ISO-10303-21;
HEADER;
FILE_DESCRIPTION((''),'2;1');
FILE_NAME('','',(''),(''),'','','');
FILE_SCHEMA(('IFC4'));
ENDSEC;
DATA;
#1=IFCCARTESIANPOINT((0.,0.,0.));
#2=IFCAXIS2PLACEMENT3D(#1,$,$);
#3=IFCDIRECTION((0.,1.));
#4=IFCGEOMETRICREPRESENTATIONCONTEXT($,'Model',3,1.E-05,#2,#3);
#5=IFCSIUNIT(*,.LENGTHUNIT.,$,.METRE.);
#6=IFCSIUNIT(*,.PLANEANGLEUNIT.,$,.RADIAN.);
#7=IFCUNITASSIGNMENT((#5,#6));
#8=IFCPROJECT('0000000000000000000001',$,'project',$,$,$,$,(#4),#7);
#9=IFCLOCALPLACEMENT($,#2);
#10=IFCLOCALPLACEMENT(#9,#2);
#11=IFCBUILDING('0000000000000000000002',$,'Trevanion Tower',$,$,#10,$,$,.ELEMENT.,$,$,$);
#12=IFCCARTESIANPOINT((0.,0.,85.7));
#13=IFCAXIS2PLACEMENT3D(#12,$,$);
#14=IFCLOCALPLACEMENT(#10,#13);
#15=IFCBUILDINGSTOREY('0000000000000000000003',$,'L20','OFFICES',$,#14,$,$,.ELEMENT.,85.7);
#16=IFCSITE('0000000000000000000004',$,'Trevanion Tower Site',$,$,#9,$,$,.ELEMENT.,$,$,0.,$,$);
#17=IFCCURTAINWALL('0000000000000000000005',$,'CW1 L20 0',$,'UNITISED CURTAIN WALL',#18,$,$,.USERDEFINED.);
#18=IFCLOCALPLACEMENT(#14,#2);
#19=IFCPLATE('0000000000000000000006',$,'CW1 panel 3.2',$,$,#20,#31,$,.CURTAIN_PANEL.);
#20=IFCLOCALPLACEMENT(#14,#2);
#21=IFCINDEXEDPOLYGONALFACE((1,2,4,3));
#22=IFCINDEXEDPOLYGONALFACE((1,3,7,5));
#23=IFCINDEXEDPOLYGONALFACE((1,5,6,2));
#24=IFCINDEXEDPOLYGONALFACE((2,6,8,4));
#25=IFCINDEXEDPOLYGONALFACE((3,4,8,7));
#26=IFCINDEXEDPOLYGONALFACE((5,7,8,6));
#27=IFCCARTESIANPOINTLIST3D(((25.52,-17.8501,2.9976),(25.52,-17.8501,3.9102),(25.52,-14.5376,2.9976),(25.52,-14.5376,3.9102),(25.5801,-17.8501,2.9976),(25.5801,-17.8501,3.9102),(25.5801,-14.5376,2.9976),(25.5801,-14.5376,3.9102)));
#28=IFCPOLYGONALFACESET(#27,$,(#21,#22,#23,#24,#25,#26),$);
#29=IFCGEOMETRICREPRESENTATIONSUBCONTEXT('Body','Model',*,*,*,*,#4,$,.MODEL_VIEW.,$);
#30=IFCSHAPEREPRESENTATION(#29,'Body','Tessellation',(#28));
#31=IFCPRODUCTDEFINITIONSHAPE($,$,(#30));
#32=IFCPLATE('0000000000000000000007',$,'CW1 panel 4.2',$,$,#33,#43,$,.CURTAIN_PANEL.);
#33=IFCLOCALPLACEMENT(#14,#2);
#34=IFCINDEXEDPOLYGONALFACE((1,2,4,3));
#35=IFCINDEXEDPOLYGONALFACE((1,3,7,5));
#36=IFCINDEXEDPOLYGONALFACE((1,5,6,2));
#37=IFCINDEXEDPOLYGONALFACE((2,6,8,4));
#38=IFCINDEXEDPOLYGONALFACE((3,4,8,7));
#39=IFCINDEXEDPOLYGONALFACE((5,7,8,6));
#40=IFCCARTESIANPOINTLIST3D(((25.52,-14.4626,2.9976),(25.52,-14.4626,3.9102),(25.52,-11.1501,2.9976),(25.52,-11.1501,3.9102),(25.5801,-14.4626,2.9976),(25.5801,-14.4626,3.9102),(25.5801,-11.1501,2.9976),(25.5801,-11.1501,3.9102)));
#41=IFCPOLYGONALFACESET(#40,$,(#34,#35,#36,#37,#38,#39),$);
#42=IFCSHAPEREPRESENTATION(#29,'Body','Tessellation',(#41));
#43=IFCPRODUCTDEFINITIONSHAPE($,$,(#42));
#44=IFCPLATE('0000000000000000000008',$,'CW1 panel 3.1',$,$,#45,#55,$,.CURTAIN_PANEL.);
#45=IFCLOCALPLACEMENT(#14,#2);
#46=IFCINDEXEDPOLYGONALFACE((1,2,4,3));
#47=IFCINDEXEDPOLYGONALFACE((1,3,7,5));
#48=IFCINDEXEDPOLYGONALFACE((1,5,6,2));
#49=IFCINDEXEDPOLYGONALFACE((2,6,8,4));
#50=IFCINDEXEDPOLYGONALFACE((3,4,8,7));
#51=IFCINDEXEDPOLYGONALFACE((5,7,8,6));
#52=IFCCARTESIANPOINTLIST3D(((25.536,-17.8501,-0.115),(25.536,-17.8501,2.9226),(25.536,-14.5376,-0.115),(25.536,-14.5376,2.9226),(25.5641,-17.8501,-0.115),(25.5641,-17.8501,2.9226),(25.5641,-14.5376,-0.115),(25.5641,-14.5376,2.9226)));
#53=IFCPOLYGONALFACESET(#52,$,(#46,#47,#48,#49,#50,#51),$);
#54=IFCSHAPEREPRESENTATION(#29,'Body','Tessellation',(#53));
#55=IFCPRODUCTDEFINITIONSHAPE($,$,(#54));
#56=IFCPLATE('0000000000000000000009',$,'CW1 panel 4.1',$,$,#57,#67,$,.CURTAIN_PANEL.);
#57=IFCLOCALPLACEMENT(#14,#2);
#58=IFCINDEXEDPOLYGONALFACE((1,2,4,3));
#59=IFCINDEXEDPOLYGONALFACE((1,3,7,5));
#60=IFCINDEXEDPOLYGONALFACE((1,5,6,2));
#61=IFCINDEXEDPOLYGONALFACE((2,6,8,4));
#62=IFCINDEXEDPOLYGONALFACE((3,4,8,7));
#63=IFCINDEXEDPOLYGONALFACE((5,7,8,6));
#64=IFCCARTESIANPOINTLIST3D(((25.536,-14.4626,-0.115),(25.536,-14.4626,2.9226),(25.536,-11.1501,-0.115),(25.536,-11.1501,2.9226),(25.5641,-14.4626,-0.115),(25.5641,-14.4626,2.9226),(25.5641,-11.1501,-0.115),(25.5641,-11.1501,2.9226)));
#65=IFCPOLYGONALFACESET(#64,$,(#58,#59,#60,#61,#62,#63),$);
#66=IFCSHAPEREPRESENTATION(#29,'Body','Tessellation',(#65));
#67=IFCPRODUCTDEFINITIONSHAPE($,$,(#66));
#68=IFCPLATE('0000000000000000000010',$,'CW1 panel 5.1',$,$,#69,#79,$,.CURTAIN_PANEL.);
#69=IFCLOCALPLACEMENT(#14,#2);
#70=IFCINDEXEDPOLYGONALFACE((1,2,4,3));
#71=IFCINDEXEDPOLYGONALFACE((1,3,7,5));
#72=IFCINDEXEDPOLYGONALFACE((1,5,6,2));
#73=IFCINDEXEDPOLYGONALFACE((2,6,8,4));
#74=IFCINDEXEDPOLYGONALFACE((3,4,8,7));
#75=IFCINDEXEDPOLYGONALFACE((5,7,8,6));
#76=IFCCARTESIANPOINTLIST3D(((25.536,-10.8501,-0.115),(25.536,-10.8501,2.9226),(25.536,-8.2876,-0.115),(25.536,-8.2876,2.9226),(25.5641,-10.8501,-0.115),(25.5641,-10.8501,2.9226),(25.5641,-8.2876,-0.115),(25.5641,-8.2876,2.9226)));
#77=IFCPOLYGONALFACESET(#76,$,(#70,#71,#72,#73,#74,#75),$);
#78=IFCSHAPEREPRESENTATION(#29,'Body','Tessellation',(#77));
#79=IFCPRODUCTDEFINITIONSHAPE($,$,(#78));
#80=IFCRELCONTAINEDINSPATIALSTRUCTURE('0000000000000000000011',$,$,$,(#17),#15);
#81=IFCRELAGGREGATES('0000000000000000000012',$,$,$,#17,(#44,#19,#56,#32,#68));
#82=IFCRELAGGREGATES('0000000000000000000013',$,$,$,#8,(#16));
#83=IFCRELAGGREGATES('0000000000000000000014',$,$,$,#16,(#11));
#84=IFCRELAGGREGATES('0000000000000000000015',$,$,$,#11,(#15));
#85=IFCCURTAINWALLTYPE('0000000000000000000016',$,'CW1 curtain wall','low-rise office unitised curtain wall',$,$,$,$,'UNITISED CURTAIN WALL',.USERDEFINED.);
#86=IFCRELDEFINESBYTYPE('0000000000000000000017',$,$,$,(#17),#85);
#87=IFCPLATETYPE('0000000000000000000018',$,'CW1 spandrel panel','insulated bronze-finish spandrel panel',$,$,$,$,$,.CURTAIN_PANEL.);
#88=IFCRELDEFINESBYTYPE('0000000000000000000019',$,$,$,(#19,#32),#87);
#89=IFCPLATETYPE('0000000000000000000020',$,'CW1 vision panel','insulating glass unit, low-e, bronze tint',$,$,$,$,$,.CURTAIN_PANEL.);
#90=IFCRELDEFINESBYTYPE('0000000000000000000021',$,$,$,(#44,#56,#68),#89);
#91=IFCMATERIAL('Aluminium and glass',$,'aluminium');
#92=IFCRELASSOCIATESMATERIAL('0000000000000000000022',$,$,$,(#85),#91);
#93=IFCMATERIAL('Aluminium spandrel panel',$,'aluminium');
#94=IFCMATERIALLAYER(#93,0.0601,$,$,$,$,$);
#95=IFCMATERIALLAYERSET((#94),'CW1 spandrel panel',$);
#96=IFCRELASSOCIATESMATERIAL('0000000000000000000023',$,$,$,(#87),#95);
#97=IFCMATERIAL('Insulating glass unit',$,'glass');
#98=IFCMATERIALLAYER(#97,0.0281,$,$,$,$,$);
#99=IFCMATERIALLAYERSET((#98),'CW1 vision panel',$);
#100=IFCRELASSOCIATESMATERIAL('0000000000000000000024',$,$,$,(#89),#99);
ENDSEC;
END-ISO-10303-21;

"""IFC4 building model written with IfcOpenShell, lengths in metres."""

from ifc_helpers import new_model, si_unit, direction, frame, origin, origin_2d, place, context, subcontext, project, spatial, rectangle, extrude, material, layer, layer_set, type_object, element, aggregate, save


model = new_model("IFC4")

# Units and contexts
model_context = context("Model", 3, precision=1e-05, world=origin(), true_north=direction((0.0, 1.0)))
body_context = subcontext(model_context, "Body", "Model", "MODEL_VIEW")
ifc_project = project(units=[si_unit("LENGTHUNIT", "METRE"), si_unit("PLANEANGLEUNIT", "RADIAN")], contexts=[model_context])

# Site, building, storey
site_placement = place(None, origin())
site = spatial("IfcSite", under=ifc_project, at=site_placement, Name="Trevanion Tower Site", CompositionType="ELEMENT", RefElevation=0.0)
building_placement = place(site_placement, origin())
building = spatial("IfcBuilding", under=site, at=building_placement, Name="Trevanion Tower", CompositionType="ELEMENT")
storey_placement = place(building_placement, frame((0.0, 0.0, 85.7)))
storey = spatial("IfcBuildingStorey", under=building, at=storey_placement, Name="L20", Description="OFFICES", CompositionType="ELEMENT", Elevation=85.7)

# Curtain wall
ifc_material_1 = material(Name="Aluminium and glass", Category="aluminium")
curtain_wall_type = type_object("IfcCurtainWallType", Name="CW1 curtain wall", Description="low-rise office unitised curtain wall", ElementType="UNITISED CURTAIN WALL", PredefinedType="USERDEFINED", material=ifc_material_1)
curtain_wall_placement = place(storey_placement, origin())
curtain_wall = element("IfcCurtainWall", 1, at=curtain_wall_placement, inside=storey, type_object=curtain_wall_type, Name="CW1 L20 0", ObjectType="UNITISED CURTAIN WALL", PredefinedType="USERDEFINED")

# Plates
ifc_material_2 = material(Name="Aluminium spandrel panel", Category="aluminium")
ifc_layer_1 = layer(ifc_material_2, 0.0601)
ifc_layer_set_1 = layer_set([ifc_layer_1], Name="CW1 spandrel panel")
plate_type_1 = type_object("IfcPlateType", Name="CW1 spandrel panel", Description="insulated bronze-finish spandrel panel", PredefinedType="CURTAIN_PANEL", material=ifc_layer_set_1)
plate_1_placement = place(storey_placement, frame((25.55, -16.1938, 2.9976), z_axis=(0.0, 0.0, 1.0), x_axis=(0.0, 1.0, 0.0)))
plate_1 = element("IfcPlate", 2, at=plate_1_placement, type_object=plate_type_1, Name="CW1 panel 3.2", PredefinedType="CURTAIN_PANEL", context=body_context, shape_type="SweptSolid", body=[
    extrude(rectangle(XDim=3.3125, YDim=0.0601, at=origin_2d()), origin(), (0.0, 0.0, 1.0), 0.9126),
])
plate_2_placement = place(storey_placement, frame((25.55, -12.8064, 2.9976), z_axis=(0.0, 0.0, 1.0), x_axis=(0.0, 1.0, 0.0)))
plate_2 = element("IfcPlate", 3, at=plate_2_placement, type_object=plate_type_1, Name="CW1 panel 4.2", PredefinedType="CURTAIN_PANEL", context=body_context, shape_type="SweptSolid", body=[
    extrude(rectangle(XDim=3.3125, YDim=0.0601, at=origin_2d()), origin(), (0.0, 0.0, 1.0), 0.9126),
])
ifc_material_3 = material(Name="Insulating glass unit", Category="glass")
ifc_layer_2 = layer(ifc_material_3, 0.0281)
ifc_layer_set_2 = layer_set([ifc_layer_2], Name="CW1 vision panel")
plate_type_2 = type_object("IfcPlateType", Name="CW1 vision panel", Description="insulating glass unit, low-e, bronze tint", PredefinedType="CURTAIN_PANEL", material=ifc_layer_set_2)
plate_3_placement = place(storey_placement, frame((25.55, -16.1938, -0.115), z_axis=(0.0, 0.0, 1.0), x_axis=(0.0, 1.0, 0.0)))
plate_3 = element("IfcPlate", 4, at=plate_3_placement, type_object=plate_type_2, Name="CW1 panel 3.1", PredefinedType="CURTAIN_PANEL", context=body_context, shape_type="SweptSolid", body=[
    extrude(rectangle(XDim=3.3125, YDim=0.0281, at=origin_2d()), origin(), (0.0, 0.0, 1.0), 3.0376),
])
plate_4_placement = place(storey_placement, frame((25.55, -12.8064, -0.115), z_axis=(0.0, 0.0, 1.0), x_axis=(0.0, 1.0, 0.0)))
plate_4 = element("IfcPlate", 5, at=plate_4_placement, type_object=plate_type_2, Name="CW1 panel 4.1", PredefinedType="CURTAIN_PANEL", context=body_context, shape_type="SweptSolid", body=[
    extrude(rectangle(XDim=3.3125, YDim=0.0281, at=origin_2d()), origin(), (0.0, 0.0, 1.0), 3.0376),
])
plate_5_placement = place(storey_placement, frame((25.55, -9.5688, -0.115), z_axis=(0.0, 0.0, 1.0), x_axis=(0.0, 1.0, 0.0)))
plate_5 = element("IfcPlate", 6, at=plate_5_placement, type_object=plate_type_2, Name="CW1 panel 5.1", PredefinedType="CURTAIN_PANEL", context=body_context, shape_type="SweptSolid", body=[
    extrude(rectangle(XDim=2.5625, YDim=0.0281, at=origin_2d()), origin(), (0.0, 0.0, 1.0), 3.0376),
])
aggregate(curtain_wall, [plate_3, plate_1, plate_4, plate_2, plate_5])

save(model, "model.ifc")
